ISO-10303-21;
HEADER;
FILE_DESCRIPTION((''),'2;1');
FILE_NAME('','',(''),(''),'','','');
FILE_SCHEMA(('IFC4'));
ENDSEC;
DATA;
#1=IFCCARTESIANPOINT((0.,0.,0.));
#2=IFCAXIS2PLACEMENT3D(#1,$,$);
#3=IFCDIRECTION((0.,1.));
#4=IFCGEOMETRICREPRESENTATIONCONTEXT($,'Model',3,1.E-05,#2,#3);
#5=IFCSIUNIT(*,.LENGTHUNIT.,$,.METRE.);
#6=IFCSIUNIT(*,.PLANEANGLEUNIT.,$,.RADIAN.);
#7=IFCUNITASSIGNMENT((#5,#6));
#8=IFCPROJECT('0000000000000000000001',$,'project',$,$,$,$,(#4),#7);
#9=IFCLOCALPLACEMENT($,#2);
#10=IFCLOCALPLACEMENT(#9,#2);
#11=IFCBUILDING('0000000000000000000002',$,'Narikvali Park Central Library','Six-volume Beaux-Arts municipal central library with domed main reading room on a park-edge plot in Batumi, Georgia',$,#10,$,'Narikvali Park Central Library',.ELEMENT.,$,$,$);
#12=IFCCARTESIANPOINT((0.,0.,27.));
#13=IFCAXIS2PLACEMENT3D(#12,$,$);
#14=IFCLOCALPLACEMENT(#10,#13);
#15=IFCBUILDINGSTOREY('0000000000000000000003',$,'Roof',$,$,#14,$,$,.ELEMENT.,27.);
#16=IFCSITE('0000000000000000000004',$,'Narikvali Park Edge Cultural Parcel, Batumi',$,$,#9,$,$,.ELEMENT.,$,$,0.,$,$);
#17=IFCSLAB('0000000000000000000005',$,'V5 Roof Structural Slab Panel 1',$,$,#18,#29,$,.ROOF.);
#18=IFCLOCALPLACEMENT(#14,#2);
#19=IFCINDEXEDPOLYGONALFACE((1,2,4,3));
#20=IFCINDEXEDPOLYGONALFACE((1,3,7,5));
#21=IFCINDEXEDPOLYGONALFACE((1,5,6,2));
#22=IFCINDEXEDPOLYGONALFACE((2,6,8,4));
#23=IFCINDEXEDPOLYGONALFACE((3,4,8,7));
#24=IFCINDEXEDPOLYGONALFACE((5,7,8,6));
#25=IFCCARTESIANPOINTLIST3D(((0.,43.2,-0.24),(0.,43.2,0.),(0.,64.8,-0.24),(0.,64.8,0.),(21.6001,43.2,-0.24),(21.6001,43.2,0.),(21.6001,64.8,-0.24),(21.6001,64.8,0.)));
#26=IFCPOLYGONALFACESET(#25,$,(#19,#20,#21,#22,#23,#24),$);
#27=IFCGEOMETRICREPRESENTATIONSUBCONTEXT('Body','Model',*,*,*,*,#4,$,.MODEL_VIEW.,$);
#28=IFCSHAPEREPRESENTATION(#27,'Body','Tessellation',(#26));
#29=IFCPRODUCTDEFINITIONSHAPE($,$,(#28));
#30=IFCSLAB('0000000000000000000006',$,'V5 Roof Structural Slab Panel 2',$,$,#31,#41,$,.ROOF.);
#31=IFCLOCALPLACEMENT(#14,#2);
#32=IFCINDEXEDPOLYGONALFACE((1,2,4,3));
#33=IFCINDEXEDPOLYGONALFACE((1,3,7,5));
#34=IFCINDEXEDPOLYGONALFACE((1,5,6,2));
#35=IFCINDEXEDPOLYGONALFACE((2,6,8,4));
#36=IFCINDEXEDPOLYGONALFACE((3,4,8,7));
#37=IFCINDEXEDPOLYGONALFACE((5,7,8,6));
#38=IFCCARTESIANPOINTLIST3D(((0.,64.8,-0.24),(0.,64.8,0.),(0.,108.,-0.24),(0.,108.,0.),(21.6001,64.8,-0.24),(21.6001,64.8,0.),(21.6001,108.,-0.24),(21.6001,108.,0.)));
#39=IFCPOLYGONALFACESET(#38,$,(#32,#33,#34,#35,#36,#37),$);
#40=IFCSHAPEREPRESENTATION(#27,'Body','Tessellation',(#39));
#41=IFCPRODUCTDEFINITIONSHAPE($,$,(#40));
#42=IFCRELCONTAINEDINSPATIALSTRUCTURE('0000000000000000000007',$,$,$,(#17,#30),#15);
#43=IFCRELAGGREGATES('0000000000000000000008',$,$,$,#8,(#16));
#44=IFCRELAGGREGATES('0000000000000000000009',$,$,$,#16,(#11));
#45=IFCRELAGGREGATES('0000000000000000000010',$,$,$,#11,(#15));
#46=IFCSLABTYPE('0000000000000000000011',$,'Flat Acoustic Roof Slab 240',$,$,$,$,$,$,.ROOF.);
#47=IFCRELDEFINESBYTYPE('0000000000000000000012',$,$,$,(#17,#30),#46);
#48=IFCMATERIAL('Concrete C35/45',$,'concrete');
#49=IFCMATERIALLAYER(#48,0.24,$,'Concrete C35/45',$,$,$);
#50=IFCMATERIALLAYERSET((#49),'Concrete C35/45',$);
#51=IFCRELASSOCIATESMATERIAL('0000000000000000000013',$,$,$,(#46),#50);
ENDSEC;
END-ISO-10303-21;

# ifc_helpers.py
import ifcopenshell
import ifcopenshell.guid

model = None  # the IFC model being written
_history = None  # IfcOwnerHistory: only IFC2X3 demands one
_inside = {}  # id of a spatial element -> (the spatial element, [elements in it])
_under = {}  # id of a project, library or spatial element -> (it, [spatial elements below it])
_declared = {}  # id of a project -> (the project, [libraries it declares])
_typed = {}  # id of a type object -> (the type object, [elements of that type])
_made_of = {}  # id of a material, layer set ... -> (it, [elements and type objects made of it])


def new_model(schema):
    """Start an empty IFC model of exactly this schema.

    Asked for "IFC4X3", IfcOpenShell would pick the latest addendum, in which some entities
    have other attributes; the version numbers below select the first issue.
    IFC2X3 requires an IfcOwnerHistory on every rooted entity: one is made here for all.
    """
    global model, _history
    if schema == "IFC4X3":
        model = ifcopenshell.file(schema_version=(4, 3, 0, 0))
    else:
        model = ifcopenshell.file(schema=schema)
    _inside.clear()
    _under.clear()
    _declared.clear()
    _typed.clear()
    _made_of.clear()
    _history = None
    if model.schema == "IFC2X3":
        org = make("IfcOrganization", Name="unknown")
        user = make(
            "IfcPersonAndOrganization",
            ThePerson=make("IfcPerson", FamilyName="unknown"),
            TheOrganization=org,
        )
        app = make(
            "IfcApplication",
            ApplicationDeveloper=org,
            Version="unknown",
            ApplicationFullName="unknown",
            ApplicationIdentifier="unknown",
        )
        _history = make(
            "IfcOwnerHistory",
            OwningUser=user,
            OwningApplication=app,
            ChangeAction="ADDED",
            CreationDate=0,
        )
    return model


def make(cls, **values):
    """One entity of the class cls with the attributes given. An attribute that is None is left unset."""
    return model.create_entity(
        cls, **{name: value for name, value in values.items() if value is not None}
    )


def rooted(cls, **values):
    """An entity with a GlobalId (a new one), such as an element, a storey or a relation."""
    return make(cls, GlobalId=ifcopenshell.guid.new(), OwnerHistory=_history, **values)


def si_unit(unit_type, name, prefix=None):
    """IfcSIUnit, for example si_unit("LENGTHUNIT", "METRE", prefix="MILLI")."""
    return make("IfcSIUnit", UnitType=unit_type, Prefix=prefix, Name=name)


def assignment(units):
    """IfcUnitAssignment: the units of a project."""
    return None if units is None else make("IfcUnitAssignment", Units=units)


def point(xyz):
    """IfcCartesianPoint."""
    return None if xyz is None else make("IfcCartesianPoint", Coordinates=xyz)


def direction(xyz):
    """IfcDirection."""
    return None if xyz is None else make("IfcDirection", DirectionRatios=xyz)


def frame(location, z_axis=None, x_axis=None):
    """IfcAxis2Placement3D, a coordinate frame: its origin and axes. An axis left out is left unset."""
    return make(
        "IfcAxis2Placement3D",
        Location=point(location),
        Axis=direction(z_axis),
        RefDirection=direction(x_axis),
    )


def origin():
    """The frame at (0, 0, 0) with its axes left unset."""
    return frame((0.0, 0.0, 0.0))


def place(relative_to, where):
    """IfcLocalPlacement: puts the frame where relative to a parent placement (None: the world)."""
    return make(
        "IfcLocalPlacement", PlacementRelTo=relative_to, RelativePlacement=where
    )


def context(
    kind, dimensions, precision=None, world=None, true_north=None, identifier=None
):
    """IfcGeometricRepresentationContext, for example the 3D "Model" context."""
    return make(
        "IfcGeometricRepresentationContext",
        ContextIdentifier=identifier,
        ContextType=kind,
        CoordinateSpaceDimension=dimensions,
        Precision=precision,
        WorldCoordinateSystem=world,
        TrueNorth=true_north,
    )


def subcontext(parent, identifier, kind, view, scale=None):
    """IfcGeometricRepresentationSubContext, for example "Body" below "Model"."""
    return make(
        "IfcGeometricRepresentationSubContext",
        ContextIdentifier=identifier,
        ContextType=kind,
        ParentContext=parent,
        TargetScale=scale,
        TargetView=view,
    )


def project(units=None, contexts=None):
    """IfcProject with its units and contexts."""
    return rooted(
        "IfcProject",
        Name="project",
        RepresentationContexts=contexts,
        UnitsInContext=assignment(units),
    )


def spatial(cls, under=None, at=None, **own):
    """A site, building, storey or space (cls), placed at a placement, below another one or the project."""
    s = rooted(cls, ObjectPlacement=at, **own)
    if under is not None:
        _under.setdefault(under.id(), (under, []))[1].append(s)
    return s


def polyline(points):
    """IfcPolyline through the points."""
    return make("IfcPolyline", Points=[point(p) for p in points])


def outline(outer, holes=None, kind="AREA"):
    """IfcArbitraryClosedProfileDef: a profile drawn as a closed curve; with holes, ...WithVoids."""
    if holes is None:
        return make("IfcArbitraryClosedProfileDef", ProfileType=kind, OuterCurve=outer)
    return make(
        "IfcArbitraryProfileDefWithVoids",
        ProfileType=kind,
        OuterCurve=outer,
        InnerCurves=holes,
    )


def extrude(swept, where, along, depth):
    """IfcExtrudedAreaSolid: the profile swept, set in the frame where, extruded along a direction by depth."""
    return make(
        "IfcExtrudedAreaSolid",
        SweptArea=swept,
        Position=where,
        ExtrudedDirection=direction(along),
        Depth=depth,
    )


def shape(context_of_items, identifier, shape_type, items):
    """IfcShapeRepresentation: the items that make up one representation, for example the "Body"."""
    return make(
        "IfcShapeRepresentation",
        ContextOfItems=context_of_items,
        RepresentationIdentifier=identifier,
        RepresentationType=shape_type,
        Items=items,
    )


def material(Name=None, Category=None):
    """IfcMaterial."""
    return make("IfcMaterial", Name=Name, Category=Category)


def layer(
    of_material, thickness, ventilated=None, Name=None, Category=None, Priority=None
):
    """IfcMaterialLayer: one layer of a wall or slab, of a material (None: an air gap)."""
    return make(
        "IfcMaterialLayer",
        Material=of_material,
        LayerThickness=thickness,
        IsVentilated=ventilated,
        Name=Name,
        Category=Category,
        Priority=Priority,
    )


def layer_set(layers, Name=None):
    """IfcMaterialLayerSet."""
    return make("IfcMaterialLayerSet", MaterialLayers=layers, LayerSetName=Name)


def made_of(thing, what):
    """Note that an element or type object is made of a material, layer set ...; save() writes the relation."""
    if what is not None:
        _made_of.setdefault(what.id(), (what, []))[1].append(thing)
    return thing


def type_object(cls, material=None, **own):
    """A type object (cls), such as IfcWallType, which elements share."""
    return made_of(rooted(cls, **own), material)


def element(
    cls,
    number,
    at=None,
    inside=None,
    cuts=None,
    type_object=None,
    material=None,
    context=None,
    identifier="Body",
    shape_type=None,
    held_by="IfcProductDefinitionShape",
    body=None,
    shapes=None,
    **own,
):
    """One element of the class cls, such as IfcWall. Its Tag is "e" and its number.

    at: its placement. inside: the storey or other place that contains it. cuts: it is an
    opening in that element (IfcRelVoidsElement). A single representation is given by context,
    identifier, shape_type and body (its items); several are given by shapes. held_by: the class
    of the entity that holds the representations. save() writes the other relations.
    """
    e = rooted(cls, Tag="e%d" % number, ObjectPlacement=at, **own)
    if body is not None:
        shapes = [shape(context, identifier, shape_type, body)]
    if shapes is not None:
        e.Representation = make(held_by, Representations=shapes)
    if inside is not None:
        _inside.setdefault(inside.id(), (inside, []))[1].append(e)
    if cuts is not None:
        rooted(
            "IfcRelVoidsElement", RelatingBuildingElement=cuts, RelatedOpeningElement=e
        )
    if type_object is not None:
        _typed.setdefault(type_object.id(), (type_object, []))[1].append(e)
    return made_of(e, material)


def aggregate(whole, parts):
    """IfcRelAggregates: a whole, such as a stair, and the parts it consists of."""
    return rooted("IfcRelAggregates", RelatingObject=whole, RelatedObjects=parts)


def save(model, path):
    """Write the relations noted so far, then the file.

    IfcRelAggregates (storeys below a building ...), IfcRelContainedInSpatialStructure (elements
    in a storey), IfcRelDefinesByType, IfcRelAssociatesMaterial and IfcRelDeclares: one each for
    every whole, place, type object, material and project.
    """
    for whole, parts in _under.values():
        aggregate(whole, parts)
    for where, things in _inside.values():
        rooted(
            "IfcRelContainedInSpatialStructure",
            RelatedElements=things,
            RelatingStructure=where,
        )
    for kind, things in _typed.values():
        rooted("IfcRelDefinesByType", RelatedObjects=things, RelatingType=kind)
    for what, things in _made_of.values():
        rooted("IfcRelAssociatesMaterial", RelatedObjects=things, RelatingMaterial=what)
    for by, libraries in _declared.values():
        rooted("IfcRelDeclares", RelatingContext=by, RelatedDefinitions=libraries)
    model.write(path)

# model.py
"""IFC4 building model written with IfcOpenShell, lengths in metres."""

from ifc_helpers import new_model, si_unit, direction, frame, origin, place, context, subcontext, project, spatial, polyline, outline, extrude, material, layer, layer_set, type_object, element, save


model = new_model("IFC4")

# Units and contexts
model_context = context("Model", 3, precision=1e-05, world=origin(), true_north=direction((0.0, 1.0)))
body_context = subcontext(model_context, "Body", "Model", "MODEL_VIEW")
ifc_project = project(units=[si_unit("LENGTHUNIT", "METRE"), si_unit("PLANEANGLEUNIT", "RADIAN")], contexts=[model_context])

# Site, building, storey
site_placement = place(None, origin())
site = spatial("IfcSite", under=ifc_project, at=site_placement, Name="Narikvali Park Edge Cultural Parcel, Batumi", CompositionType="ELEMENT", RefElevation=0.0)
building_placement = place(site_placement, origin())
building = spatial("IfcBuilding", under=site, at=building_placement, Name="Narikvali Park Central Library", Description="Six-volume Beaux-Arts municipal central library with domed main reading room on a park-edge plot in Batumi, Georgia", LongName="Narikvali Park Central Library", CompositionType="ELEMENT")
storey_placement = place(building_placement, frame((0.0, 0.0, 27.0)))
storey = spatial("IfcBuildingStorey", under=building, at=storey_placement, Name="Roof", CompositionType="ELEMENT", Elevation=27.0)

# Slabs
ifc_material_1 = material(Name="Concrete C35/45", Category="concrete")
ifc_layer = layer(ifc_material_1, 0.24, Name="Concrete C35/45")
ifc_layer_set = layer_set([ifc_layer], Name="Concrete C35/45")
slab_type = type_object("IfcSlabType", Name="Flat Acoustic Roof Slab 240", PredefinedType="ROOF", material=ifc_layer_set)
slab_1_placement = place(storey_placement, frame((0.0, 0.0, -0.24)))
element("IfcSlab", 1, at=slab_1_placement, inside=storey, type_object=slab_type, Name="V5 Roof Structural Slab Panel 1", PredefinedType="ROOF", context=body_context, shape_type="SweptSolid", body=[
    extrude(outline(polyline([(0.0, 43.2), (21.6001, 43.2), (21.6001, 64.8), (0.0, 64.8), (0.0, 43.2)])), origin(), (0.0, 0.0, 1.0), 0.24),
])
slab_2_placement = place(storey_placement, frame((0.0, 0.0, -0.24)))
element("IfcSlab", 2, at=slab_2_placement, inside=storey, type_object=slab_type, Name="V5 Roof Structural Slab Panel 2", PredefinedType="ROOF", context=body_context, shape_type="SweptSolid", body=[
    extrude(outline(polyline([(0.0, 64.8), (21.6001, 64.8), (21.6001, 108.0), (0.0, 108.0), (0.0, 64.8)])), origin(), (0.0, 0.0, 1.0), 0.24),
])

save(model, "model.ifc")
